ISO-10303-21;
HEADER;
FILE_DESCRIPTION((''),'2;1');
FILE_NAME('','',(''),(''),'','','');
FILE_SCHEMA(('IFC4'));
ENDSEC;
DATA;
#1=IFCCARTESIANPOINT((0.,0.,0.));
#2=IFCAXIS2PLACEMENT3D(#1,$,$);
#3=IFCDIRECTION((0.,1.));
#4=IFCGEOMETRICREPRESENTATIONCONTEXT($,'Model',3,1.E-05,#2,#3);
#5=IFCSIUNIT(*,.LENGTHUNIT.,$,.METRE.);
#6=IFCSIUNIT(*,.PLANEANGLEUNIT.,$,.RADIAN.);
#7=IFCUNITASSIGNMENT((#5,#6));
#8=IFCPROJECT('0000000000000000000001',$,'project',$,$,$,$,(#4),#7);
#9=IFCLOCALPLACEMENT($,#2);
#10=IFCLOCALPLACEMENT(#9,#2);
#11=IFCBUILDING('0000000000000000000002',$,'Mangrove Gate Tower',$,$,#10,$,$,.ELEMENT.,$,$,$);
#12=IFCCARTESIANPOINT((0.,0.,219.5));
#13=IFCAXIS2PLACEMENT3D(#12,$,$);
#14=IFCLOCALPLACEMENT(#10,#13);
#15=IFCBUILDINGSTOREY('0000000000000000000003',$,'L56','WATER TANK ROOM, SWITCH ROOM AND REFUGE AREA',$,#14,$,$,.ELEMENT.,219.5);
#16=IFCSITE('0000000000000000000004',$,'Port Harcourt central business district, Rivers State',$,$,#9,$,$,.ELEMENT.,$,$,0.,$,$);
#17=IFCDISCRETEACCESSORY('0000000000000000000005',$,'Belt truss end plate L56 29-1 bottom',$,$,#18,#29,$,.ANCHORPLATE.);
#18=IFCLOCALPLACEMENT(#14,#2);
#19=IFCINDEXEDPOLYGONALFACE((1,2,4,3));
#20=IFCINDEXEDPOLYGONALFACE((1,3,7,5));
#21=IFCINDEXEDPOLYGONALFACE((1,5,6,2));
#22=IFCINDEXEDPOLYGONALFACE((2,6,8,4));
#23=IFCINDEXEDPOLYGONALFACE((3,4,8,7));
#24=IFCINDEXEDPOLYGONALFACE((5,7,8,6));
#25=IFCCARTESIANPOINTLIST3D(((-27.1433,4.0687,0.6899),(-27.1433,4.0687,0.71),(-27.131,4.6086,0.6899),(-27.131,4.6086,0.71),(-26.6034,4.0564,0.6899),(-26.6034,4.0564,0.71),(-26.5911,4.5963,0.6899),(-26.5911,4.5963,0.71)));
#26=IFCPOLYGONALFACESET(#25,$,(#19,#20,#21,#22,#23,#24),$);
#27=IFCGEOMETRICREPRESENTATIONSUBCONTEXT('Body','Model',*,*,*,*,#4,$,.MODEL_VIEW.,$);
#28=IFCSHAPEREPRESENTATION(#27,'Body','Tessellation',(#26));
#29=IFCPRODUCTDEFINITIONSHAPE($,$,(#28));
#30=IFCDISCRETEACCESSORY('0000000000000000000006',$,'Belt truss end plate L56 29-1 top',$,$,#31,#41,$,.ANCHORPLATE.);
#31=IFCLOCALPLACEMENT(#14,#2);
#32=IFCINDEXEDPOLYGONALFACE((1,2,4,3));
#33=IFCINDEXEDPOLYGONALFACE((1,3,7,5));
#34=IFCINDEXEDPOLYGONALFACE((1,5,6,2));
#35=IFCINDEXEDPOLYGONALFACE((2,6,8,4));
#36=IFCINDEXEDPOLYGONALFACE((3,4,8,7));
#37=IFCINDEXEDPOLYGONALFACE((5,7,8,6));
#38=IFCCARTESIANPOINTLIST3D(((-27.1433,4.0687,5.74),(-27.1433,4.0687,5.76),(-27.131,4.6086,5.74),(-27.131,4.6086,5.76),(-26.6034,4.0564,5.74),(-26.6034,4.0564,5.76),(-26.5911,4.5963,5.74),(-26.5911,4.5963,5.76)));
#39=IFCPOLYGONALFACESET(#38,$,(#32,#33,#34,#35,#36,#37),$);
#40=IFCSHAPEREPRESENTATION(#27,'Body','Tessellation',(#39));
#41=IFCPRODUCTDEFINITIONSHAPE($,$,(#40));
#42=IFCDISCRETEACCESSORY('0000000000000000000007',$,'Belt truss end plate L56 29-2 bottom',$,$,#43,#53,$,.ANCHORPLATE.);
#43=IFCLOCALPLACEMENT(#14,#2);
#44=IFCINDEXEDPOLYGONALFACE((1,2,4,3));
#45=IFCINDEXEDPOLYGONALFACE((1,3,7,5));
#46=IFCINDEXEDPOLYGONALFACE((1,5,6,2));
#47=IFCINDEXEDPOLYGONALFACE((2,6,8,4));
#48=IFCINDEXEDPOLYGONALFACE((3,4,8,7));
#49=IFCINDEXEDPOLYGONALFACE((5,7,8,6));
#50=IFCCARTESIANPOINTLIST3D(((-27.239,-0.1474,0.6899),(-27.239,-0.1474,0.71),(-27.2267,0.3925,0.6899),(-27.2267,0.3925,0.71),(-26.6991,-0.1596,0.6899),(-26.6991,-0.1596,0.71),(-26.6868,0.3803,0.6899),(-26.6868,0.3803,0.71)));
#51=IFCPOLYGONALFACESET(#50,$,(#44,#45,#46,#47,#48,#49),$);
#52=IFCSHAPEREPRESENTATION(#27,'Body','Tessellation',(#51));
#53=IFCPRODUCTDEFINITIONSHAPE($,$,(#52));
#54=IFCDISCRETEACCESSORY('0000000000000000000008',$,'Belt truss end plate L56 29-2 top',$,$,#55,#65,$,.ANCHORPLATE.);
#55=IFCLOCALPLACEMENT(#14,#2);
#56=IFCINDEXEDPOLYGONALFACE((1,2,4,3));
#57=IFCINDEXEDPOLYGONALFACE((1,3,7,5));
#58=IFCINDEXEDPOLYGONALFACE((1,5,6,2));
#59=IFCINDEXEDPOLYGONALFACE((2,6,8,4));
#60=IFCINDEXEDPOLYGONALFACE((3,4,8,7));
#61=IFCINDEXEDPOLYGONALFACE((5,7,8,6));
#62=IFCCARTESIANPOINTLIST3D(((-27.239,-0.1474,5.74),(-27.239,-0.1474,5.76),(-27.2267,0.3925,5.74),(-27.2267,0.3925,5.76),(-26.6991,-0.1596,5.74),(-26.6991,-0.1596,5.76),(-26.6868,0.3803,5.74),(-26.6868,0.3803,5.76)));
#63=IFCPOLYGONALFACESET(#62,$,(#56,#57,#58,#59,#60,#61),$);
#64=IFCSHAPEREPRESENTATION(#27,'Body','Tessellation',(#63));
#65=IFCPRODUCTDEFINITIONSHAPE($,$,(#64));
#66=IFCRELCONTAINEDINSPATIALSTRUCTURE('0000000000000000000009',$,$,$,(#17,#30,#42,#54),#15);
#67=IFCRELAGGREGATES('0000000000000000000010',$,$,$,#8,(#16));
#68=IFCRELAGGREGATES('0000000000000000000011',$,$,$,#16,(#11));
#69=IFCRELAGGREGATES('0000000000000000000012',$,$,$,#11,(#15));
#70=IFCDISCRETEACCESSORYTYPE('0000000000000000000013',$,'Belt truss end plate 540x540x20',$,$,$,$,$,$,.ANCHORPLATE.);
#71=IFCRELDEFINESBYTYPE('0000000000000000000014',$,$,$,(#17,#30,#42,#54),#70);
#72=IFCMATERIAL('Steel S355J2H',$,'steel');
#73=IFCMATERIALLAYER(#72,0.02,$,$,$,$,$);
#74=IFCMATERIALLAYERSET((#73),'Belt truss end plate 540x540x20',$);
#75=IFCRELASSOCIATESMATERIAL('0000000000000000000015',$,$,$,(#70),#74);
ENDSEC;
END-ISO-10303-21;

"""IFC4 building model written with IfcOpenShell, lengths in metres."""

from ifc_helpers import new_model, si_unit, direction, frame, origin, origin_2d, place, context, subcontext, project, spatial, rectangle, extrude, material, layer, layer_set, type_object, element, save


model = new_model("IFC4")

# Units and contexts
model_context = context("Model", 3, precision=1e-05, world=origin(), true_north=direction((0.0, 1.0)))
body_context = subcontext(model_context, "Body", "Model", "MODEL_VIEW")
ifc_project = project(units=[si_unit("LENGTHUNIT", "METRE"), si_unit("PLANEANGLEUNIT", "RADIAN")], contexts=[model_context])

# Site, building, storey
site_placement = place(None, origin())
site = spatial("IfcSite", under=ifc_project, at=site_placement, Name="Port Harcourt central business district, Rivers State", CompositionType="ELEMENT", RefElevation=0.0)
building_placement = place(site_placement, origin())
building = spatial("IfcBuilding", under=site, at=building_placement, Name="Mangrove Gate Tower", CompositionType="ELEMENT")
storey_placement = place(building_placement, frame((0.0, 0.0, 219.5)))
storey = spatial("IfcBuildingStorey", under=building, at=storey_placement, Name="L56", Description="WATER TANK ROOM, SWITCH ROOM AND REFUGE AREA", CompositionType="ELEMENT", Elevation=219.5)

# Discrete accessories
ifc_material_1 = material(Name="Steel S355J2H", Category="steel")
ifc_layer_1 = layer(ifc_material_1, 0.02)
ifc_layer_set_1 = layer_set([ifc_layer_1], Name="Belt truss end plate 540x540x20")
discrete_accessory_type = type_object("IfcDiscreteAccessoryType", Name="Belt truss end plate 540x540x20", PredefinedType="ANCHORPLATE", material=ifc_layer_set_1)
for number, where, z_axis, x_axis, name in (
    (1, (-26.8672, 4.3325, 0.6899), (0.0, 0.0, 1.0), (-0.022688, -0.999743, 0.0), "Belt truss end plate L56 29-1 bottom"),
    (2, (-26.8672, 4.3325, 5.74), (0.0, 0.0, 1.0), (-0.022688, -0.999743, 0.0), "Belt truss end plate L56 29-1 top"),
    (3, (-26.9629, 0.1165, 0.6899), (0.0, 0.0, 1.0), (-0.022688, -0.999743, 0.0), "Belt truss end plate L56 29-2 bottom"),
    (4, (-26.9629, 0.1165, 5.74), (0.0, 0.0, 1.0), (-0.022688, -0.999743, 0.0), "Belt truss end plate L56 29-2 top"),
):
    element("IfcDiscreteAccessory", number, at=place(storey_placement, frame(where, z_axis=z_axis, x_axis=x_axis)), inside=storey, type_object=discrete_accessory_type, Name=name, PredefinedType="ANCHORPLATE", context=body_context, shape_type="SweptSolid", body=[
        extrude(rectangle(XDim=0.54, YDim=0.54, at=origin_2d()), origin(), (0.0, 0.0, 1.0), 0.02),
    ])

save(model, "model.ifc")
